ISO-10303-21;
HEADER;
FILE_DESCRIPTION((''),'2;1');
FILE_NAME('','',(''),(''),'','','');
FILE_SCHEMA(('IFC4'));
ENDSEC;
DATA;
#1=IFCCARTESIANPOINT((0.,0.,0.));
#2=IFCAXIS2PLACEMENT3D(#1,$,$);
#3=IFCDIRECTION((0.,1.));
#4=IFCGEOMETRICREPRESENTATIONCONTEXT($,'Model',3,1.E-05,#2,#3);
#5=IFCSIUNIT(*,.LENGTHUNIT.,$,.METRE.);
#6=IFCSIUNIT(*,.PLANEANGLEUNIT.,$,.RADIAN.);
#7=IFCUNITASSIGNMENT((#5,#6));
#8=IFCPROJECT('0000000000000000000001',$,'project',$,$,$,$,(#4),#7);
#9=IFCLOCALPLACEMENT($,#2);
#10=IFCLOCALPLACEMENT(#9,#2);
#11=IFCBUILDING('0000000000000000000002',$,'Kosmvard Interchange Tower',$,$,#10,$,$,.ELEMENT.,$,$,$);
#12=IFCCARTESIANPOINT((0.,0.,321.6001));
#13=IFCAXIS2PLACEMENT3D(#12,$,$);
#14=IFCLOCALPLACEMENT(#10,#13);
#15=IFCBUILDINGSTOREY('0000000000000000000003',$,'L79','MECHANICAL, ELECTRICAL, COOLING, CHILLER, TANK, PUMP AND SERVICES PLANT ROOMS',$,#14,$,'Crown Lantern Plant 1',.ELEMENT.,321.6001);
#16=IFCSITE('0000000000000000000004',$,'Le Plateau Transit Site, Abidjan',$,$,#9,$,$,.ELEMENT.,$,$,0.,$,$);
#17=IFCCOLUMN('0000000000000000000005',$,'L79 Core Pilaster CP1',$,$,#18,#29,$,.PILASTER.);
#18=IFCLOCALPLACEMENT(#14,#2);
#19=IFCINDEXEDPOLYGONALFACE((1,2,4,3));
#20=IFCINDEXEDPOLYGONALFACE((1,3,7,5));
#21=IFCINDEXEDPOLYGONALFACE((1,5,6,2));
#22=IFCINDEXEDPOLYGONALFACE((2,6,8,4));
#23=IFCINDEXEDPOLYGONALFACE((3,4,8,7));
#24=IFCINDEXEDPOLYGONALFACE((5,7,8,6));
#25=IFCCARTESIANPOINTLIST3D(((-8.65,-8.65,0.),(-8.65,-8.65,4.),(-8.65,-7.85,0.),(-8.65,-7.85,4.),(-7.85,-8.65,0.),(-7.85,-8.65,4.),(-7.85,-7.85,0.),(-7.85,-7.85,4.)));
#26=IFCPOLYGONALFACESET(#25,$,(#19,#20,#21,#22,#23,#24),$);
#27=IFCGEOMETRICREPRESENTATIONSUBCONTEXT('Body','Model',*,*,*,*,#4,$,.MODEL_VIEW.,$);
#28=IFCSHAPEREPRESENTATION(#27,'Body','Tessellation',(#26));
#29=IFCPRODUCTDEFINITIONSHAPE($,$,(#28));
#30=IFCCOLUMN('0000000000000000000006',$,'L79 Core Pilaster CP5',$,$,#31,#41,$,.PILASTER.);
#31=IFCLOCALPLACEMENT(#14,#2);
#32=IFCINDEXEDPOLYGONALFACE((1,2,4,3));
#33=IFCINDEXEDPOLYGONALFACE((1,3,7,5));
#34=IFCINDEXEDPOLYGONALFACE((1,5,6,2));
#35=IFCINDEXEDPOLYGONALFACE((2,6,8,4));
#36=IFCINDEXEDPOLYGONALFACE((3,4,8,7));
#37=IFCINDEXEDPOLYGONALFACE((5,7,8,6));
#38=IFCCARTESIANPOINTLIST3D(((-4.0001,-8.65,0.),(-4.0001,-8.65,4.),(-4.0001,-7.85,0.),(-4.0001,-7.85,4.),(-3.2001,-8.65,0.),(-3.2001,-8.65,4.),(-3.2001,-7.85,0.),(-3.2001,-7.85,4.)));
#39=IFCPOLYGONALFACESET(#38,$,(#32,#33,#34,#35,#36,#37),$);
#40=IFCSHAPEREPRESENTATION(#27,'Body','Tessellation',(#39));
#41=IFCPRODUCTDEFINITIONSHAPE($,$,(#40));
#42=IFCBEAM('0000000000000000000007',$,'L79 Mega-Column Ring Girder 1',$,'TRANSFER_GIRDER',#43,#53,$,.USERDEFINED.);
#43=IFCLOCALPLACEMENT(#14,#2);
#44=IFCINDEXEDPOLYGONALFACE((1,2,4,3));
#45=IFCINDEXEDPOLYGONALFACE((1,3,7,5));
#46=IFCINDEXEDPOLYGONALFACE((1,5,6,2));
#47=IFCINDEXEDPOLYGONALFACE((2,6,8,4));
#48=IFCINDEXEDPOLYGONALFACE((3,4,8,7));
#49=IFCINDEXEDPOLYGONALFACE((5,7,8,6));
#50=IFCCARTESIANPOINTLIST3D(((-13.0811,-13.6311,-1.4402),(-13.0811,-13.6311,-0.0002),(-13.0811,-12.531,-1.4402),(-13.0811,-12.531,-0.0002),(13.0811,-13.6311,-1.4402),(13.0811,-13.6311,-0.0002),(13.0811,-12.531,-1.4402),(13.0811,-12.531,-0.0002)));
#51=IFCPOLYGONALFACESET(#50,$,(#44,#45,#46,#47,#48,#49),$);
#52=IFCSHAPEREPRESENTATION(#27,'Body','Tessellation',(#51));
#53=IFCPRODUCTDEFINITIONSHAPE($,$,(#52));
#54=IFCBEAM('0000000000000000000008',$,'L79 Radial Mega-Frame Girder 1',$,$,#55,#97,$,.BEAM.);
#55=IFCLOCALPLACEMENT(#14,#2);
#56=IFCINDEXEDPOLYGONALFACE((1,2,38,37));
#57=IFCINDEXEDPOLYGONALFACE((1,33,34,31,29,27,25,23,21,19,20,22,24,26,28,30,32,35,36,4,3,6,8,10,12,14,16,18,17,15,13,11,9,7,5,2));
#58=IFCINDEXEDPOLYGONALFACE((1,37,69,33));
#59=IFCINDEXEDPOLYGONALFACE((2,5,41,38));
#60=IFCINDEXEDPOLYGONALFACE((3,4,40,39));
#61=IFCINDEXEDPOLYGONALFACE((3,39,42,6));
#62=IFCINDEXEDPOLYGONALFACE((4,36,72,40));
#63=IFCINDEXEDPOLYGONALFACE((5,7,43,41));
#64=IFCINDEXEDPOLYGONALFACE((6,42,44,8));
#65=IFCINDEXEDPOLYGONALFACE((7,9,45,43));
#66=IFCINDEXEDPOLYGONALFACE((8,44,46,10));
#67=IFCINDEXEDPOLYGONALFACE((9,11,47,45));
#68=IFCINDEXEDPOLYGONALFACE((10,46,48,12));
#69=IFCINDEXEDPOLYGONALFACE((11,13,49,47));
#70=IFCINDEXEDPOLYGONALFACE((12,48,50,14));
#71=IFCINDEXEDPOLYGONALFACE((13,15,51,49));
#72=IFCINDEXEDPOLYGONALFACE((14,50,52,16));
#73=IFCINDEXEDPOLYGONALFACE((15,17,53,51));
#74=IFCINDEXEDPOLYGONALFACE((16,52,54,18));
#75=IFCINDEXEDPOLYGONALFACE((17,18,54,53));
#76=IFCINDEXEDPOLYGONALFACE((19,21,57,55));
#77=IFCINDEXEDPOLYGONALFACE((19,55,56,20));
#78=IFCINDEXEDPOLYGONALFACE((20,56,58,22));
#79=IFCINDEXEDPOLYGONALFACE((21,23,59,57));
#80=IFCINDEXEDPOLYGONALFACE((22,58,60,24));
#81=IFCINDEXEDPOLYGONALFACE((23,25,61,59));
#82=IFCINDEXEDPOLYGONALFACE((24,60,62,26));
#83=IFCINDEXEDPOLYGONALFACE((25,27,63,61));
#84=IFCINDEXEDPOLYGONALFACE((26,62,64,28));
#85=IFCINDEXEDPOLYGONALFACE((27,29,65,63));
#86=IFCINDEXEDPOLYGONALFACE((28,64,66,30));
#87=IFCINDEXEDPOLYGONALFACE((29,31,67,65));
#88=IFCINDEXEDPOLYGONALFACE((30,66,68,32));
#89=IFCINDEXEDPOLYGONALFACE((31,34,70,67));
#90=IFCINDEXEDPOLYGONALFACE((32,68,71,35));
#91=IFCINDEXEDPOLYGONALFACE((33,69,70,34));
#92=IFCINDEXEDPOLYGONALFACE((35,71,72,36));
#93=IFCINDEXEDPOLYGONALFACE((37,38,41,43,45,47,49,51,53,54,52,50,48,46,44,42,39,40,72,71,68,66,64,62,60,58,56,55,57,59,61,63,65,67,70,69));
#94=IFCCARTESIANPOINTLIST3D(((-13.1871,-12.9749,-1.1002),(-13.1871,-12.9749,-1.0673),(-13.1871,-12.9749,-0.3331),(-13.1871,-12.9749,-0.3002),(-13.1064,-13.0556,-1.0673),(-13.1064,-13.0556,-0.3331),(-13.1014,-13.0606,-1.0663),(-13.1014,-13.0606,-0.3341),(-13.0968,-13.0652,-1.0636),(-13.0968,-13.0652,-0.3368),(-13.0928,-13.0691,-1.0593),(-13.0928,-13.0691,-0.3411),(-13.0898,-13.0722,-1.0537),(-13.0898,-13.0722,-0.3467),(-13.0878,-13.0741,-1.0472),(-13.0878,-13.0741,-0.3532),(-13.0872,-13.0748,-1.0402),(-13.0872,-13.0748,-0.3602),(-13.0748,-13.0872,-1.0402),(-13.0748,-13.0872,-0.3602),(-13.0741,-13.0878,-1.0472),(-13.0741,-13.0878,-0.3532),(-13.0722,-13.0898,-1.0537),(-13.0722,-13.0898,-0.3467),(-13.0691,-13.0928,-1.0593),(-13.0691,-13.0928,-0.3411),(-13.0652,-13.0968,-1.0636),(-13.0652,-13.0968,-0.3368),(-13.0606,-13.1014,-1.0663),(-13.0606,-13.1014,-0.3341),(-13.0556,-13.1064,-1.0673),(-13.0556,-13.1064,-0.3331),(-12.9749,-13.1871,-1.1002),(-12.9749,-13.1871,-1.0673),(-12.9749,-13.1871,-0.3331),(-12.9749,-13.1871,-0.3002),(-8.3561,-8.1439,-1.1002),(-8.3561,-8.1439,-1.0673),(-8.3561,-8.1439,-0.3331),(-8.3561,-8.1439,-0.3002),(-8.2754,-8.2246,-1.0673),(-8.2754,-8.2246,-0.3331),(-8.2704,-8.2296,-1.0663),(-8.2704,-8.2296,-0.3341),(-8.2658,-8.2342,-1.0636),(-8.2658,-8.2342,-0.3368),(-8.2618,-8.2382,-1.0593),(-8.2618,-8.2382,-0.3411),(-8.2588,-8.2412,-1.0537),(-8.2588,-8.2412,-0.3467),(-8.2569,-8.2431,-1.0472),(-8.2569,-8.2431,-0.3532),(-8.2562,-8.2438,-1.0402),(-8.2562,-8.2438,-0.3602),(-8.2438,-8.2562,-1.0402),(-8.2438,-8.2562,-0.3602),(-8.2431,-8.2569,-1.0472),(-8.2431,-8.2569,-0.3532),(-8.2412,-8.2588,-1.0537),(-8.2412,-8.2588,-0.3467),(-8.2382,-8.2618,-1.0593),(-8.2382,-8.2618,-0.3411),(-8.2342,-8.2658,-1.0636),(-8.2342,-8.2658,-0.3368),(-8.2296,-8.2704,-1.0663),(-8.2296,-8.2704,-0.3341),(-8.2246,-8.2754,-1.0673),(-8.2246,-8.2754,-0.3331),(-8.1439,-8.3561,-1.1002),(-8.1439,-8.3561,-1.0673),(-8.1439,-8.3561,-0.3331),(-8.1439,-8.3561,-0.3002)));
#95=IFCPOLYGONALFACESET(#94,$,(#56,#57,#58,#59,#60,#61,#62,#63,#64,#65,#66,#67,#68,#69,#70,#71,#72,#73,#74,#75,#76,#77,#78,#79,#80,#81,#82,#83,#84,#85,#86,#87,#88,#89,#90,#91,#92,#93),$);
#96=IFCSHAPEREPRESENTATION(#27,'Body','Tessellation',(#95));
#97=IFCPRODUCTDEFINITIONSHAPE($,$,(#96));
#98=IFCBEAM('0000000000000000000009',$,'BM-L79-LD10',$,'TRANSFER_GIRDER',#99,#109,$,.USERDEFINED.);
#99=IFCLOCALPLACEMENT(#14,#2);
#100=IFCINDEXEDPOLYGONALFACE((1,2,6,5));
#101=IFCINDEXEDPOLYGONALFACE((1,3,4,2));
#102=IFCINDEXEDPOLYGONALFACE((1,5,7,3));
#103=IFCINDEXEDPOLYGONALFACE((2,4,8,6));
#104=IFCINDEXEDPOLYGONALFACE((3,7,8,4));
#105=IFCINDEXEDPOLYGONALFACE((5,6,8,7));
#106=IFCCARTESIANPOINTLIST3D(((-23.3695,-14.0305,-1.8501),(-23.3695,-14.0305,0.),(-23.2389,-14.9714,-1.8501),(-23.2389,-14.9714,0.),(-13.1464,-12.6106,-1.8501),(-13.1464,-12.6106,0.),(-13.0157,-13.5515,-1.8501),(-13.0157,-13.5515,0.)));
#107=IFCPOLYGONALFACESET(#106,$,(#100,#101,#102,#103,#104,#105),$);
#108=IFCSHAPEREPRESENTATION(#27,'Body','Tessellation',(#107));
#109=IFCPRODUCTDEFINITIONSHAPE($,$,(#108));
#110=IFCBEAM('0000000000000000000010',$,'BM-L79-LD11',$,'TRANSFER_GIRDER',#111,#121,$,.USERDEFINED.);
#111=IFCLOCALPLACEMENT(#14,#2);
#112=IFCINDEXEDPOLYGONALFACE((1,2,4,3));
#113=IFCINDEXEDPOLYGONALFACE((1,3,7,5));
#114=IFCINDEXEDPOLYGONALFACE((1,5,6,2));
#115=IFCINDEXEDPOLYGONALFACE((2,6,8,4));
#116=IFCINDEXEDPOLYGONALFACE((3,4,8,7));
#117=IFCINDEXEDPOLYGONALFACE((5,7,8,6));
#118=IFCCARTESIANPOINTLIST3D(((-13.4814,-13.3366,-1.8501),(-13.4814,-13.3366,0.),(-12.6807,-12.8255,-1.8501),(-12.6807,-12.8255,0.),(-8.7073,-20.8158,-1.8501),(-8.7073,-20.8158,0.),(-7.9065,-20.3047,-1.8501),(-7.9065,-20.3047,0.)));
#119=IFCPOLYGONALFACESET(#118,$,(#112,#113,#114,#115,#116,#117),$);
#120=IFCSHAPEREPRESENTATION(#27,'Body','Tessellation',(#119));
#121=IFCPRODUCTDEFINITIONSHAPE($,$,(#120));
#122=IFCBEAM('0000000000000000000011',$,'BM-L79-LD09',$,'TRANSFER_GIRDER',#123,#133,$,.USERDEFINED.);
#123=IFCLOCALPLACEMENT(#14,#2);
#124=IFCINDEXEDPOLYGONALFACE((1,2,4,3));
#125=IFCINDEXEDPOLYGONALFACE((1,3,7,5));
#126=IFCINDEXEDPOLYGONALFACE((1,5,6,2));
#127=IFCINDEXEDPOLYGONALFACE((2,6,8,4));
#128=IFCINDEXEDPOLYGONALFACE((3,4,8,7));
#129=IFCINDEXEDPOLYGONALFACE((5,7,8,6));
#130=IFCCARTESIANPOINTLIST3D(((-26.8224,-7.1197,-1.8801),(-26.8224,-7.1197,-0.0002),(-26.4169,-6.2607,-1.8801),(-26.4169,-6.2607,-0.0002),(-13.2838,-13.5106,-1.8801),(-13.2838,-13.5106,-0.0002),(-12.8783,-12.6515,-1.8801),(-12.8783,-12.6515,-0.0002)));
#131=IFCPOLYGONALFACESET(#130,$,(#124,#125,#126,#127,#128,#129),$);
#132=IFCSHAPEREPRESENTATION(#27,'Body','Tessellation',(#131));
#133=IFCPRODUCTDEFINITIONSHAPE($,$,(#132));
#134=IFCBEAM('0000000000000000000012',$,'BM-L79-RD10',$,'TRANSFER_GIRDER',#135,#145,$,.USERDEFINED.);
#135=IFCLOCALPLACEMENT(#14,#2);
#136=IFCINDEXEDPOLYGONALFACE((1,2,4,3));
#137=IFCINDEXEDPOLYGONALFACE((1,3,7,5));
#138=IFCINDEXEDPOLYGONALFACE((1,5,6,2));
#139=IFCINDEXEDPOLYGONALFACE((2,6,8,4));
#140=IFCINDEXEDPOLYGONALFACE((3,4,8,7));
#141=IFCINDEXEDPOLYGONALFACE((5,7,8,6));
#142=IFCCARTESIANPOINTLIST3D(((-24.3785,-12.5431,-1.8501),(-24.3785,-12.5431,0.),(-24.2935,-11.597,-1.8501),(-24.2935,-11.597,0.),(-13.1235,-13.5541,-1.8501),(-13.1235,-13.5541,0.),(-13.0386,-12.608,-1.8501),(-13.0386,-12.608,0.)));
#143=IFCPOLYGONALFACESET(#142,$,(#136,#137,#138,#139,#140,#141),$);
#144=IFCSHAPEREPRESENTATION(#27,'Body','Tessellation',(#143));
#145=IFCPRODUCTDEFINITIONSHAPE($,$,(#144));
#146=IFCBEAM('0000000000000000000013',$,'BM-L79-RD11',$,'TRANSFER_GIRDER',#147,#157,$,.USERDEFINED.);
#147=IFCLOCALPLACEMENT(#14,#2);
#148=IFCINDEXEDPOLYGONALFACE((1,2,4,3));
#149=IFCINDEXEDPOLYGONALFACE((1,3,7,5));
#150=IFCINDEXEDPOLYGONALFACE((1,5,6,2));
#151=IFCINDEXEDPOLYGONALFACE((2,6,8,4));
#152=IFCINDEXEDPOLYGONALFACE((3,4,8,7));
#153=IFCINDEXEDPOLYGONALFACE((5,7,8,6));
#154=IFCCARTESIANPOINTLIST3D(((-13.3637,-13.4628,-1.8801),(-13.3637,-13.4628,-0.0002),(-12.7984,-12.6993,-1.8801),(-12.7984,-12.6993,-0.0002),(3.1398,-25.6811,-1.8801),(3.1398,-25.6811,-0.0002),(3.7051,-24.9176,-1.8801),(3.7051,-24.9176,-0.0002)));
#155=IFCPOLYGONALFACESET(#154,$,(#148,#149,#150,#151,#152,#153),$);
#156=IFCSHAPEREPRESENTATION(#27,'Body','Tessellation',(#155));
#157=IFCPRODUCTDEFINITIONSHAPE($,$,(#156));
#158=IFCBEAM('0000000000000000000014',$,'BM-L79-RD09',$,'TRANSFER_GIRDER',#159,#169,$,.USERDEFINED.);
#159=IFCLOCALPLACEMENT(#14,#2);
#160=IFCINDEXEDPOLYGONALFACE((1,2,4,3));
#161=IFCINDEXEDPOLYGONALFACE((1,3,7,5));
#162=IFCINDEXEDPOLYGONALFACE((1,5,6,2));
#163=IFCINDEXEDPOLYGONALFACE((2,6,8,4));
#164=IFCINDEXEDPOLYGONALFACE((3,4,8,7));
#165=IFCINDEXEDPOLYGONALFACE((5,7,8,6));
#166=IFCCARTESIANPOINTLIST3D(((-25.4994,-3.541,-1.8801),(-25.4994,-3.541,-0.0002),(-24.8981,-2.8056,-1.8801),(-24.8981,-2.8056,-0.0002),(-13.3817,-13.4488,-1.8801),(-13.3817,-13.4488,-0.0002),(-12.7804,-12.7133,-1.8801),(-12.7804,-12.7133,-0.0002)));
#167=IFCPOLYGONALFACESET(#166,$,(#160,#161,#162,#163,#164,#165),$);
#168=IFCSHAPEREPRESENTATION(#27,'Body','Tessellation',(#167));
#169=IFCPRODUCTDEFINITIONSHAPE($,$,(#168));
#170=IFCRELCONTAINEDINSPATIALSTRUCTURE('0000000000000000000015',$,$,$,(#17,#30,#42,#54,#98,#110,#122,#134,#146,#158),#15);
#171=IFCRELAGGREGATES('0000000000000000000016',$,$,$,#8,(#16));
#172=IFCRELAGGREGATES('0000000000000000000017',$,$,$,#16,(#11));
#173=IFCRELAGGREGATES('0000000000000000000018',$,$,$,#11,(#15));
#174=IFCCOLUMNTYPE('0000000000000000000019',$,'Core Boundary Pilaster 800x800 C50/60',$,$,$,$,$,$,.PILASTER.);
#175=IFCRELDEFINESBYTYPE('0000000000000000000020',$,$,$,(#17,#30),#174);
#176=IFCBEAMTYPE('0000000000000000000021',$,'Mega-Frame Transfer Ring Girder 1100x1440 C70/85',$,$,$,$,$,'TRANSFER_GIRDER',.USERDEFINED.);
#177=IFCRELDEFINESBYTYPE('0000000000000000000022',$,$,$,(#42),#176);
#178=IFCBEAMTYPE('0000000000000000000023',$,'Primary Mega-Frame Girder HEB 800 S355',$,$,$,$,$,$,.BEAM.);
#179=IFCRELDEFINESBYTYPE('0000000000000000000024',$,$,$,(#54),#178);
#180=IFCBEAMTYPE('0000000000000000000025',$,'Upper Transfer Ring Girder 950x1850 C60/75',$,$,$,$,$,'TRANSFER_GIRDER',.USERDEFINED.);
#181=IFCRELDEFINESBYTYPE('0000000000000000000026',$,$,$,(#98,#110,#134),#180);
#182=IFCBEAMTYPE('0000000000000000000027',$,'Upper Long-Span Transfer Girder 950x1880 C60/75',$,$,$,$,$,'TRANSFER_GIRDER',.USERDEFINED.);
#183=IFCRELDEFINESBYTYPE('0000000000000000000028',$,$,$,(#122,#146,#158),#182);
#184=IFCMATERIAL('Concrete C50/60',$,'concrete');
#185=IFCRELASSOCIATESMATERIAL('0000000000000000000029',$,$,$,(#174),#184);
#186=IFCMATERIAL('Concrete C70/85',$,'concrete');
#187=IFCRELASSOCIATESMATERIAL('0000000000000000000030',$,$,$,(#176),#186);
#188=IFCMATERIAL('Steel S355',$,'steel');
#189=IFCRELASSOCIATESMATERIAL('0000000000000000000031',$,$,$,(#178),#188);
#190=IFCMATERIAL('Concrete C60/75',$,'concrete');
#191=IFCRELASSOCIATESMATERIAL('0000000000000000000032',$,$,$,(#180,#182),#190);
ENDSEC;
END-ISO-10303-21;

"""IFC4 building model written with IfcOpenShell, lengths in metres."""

from ifc_helpers import new_model, si_unit, direction, frame, origin, origin_2d, place, context, subcontext, project, spatial, rectangle, i_section, extrude, source, transform, mapped, material, material_profile, profile_set, type_object, element, save


model = new_model("IFC4")

# Units and contexts
model_context = context("Model", 3, precision=1e-05, world=origin(), true_north=direction((0.0, 1.0)))
body_context = subcontext(model_context, "Body", "Model", "MODEL_VIEW")
ifc_project = project(units=[si_unit("LENGTHUNIT", "METRE"), si_unit("PLANEANGLEUNIT", "RADIAN")], contexts=[model_context])

# Site, building, storey
site_placement = place(None, origin())
site = spatial("IfcSite", under=ifc_project, at=site_placement, Name="Le Plateau Transit Site, Abidjan", CompositionType="ELEMENT", RefElevation=0.0)
building_placement = place(site_placement, origin())
building = spatial("IfcBuilding", under=site, at=building_placement, Name="Kosmvard Interchange Tower", CompositionType="ELEMENT")
storey_placement = place(building_placement, frame((0.0, 0.0, 321.6001)))
storey = spatial("IfcBuildingStorey", under=building, at=storey_placement, Name="L79", Description="MECHANICAL, ELECTRICAL, COOLING, CHILLER, TANK, PUMP AND SERVICES PLANT ROOMS", LongName="Crown Lantern Plant 1", CompositionType="ELEMENT", Elevation=321.6001)

# Columns
ifc_material_1 = material(Name="Concrete C50/60", Category="concrete")
ifc_material_profile_1 = material_profile(ifc_material_1, rectangle(XDim=0.8, YDim=0.8, at=origin_2d()), Name="CP 800x800")
ifc_profile_set_1 = profile_set([ifc_material_profile_1], Name="Concrete C50/60")
column_type = type_object("IfcColumnType", Name="Core Boundary Pilaster 800x800 C50/60", PredefinedType="PILASTER", material=ifc_profile_set_1)
shared_shape_1 = source(origin(), body_context, "Body", "SweptSolid", [
    extrude(rectangle(XDim=0.8, YDim=0.8, at=origin_2d()), origin(), (0.0, 0.0, 1.0), 4.0),
])
for number, where, z_axis, x_axis, name in (
    (1, (-8.25, -8.25, 0.0), (0.0, 0.0, 1.0), (1.0, 0.0, 0.0), "L79 Core Pilaster CP1"),
    (2, (-3.6001, -8.25, 0.0), (0.0, 0.0, 1.0), (1.0, 0.0, 0.0), "L79 Core Pilaster CP5"),
):
    element("IfcColumn", number, at=place(storey_placement, frame(where, z_axis=z_axis, x_axis=x_axis)), inside=storey, type_object=column_type, Name=name, PredefinedType="PILASTER", context=body_context, shape_type="MappedRepresentation", body=[
        mapped(shared_shape_1, transform((0.0, 0.0, 0.0), scale=1.0)),
    ])

# Beams
ifc_material_2 = material(Name="Concrete C70/85", Category="concrete")
ifc_material_profile_2 = material_profile(ifc_material_2, rectangle(XDim=1.1001, YDim=1.4399, at=origin_2d()), Name="TG 1100x1440")
ifc_profile_set_2 = profile_set([ifc_material_profile_2], Name="Concrete C70/85")
beam_type_1 = type_object("IfcBeamType", Name="Mega-Frame Transfer Ring Girder 1100x1440 C70/85", ElementType="TRANSFER_GIRDER", PredefinedType="USERDEFINED", material=ifc_profile_set_2)
shared_shape_2 = source(origin(), body_context, "Body", "SweptSolid", [
    extrude(rectangle(XDim=1.1001, YDim=1.4399, at=origin_2d()), origin(), (0.0, 0.0, 1.0), 26.1621),
])
beam_1_placement = place(storey_placement, frame((-13.0811, -13.0811, -0.7202), z_axis=(1.0, 0.0, 0.0), x_axis=(0.0, 1.0, 0.0)))
element("IfcBeam", 3, at=beam_1_placement, inside=storey, type_object=beam_type_1, Name="L79 Mega-Column Ring Girder 1", ObjectType="TRANSFER_GIRDER", PredefinedType="USERDEFINED", context=body_context, shape_type="MappedRepresentation", body=[
    mapped(shared_shape_2, transform((0.0, 0.0, 0.0), scale=1.0)),
])
ifc_material_3 = material(Name="Steel S355", Category="steel")
ifc_material_profile_3 = material_profile(ifc_material_3, i_section(OverallWidth=0.3, OverallDepth=0.8, WebThickness=0.0176, FlangeThickness=0.033, FilletRadius=0.0271, at=origin_2d()), Name="HEB 800")
ifc_profile_set_3 = profile_set([ifc_material_profile_3], Name="Steel S355")
beam_type_2 = type_object("IfcBeamType", Name="Primary Mega-Frame Girder HEB 800 S355", PredefinedType="BEAM", material=ifc_profile_set_3)
shared_shape_3 = source(origin(), body_context, "Body", "SweptSolid", [
    extrude(i_section(OverallWidth=0.3, OverallDepth=0.8, WebThickness=0.0176, FlangeThickness=0.033, FilletRadius=0.0271, at=origin_2d()), origin(), (0.0, 0.0, 1.0), 6.832),
])
beam_2_placement = place(storey_placement, frame((-8.25, -8.25, -0.7002), z_axis=(-0.707107, -0.707107, 0.0), x_axis=(0.707107, -0.707107, 0.0)))
element("IfcBeam", 4, at=beam_2_placement, inside=storey, type_object=beam_type_2, Name="L79 Radial Mega-Frame Girder 1", PredefinedType="BEAM", context=body_context, shape_type="MappedRepresentation", body=[
    mapped(shared_shape_3, transform((0.0, 0.0, 0.0), scale=1.0)),
])
ifc_material_4 = material(Name="Concrete C60/75", Category="concrete")
ifc_material_profile_4 = material_profile(ifc_material_4, rectangle(XDim=0.95, YDim=1.8501, at=origin_2d()), Name="TG 950x1850")
ifc_profile_set_4 = profile_set([ifc_material_profile_4], Name="Concrete C60/75")
beam_type_3 = type_object("IfcBeamType", Name="Upper Transfer Ring Girder 950x1850 C60/75", ElementType="TRANSFER_GIRDER", PredefinedType="USERDEFINED", material=ifc_profile_set_4)
shared_shape_4 = source(origin(), body_context, "Body", "SweptSolid", [
    extrude(rectangle(XDim=0.95, YDim=1.8501, at=origin_2d()), origin(), (0.0, 0.0, 1.0), 10.3213),
])
beam_3_placement = place(storey_placement, frame((-13.0811, -13.0811, -0.925), z_axis=(-0.990492, -0.137572, 0.0), x_axis=(0.137572, -0.990492, 0.0)))
element("IfcBeam", 5, at=beam_3_placement, inside=storey, type_object=beam_type_3, Name="BM-L79-LD10", ObjectType="TRANSFER_GIRDER", PredefinedType="USERDEFINED", context=body_context, shape_type="MappedRepresentation", body=[
    mapped(shared_shape_4, transform((0.0, 0.0, 0.0), scale=1.0)),
])
shared_shape_5 = source(origin(), body_context, "Body", "SweptSolid", [
    extrude(rectangle(XDim=0.95, YDim=1.8501, at=origin_2d()), origin(), (0.0, 0.0, 1.0), 8.873),
])
beam_4_placement = place(storey_placement, frame((-13.0811, -13.0811, -0.925), z_axis=(0.53805, -0.842913, 0.0), x_axis=(0.842913, 0.53805, 0.0)))
element("IfcBeam", 6, at=beam_4_placement, inside=storey, type_object=beam_type_3, Name="BM-L79-LD11", ObjectType="TRANSFER_GIRDER", PredefinedType="USERDEFINED", context=body_context, shape_type="MappedRepresentation", body=[
    mapped(shared_shape_5, transform((0.0, 0.0, 0.0), scale=1.0)),
])
ifc_material_profile_5 = material_profile(ifc_material_4, rectangle(XDim=0.95, YDim=1.8799, at=origin_2d()), Name="TG 950x1880")
ifc_profile_set_5 = profile_set([ifc_material_profile_5], Name="Concrete C60/75")
beam_type_4 = type_object("IfcBeamType", Name="Upper Long-Span Transfer Girder 950x1880 C60/75", ElementType="TRANSFER_GIRDER", PredefinedType="USERDEFINED", material=ifc_profile_set_5)
shared_shape_6 = source(origin(), body_context, "Body", "SweptSolid", [
    extrude(rectangle(XDim=0.95, YDim=1.8799, at=origin_2d()), origin(), (0.0, 0.0, 1.0), 14.9712),
])
beam_5_placement = place(storey_placement, frame((-13.0811, -13.0811, -0.9402), z_axis=(-0.904309, 0.426878, 0.0), x_axis=(-0.426878, -0.904309, 0.0)))
element("IfcBeam", 7, at=beam_5_placement, inside=storey, type_object=beam_type_4, Name="BM-L79-LD09", ObjectType="TRANSFER_GIRDER", PredefinedType="USERDEFINED", context=body_context, shape_type="MappedRepresentation", body=[
    mapped(shared_shape_6, transform((0.0, 0.0, 0.0), scale=1.0)),
])
shared_shape_7 = source(origin(), body_context, "Body", "SweptSolid", [
    extrude(rectangle(XDim=0.95, YDim=1.8501, at=origin_2d()), origin(), (0.0, 0.0, 1.0), 11.3003),
])
beam_6_placement = place(storey_placement, frame((-13.0811, -13.0811, -0.925), z_axis=(-0.99599, 0.089466, 0.0), x_axis=(-0.089466, -0.99599, 0.0)))
element("IfcBeam", 8, at=beam_6_placement, inside=storey, type_object=beam_type_3, Name="BM-L79-RD10", ObjectType="TRANSFER_GIRDER", PredefinedType="USERDEFINED", context=body_context, shape_type="MappedRepresentation", body=[
    mapped(shared_shape_7, transform((0.0, 0.0, 0.0), scale=1.0)),
])
shared_shape_8 = source(origin(), body_context, "Body", "SweptSolid", [
    extrude(rectangle(XDim=0.95, YDim=1.8799, at=origin_2d()), origin(), (0.0, 0.0, 1.0), 20.5342),
])
beam_7_placement = place(storey_placement, frame((-13.0811, -13.0811, -0.9402), z_axis=(0.803708, -0.595023, 0.0), x_axis=(0.595023, 0.803708, 0.0)))
element("IfcBeam", 9, at=beam_7_placement, inside=storey, type_object=beam_type_4, Name="BM-L79-RD11", ObjectType="TRANSFER_GIRDER", PredefinedType="USERDEFINED", context=body_context, shape_type="MappedRepresentation", body=[
    mapped(shared_shape_8, transform((0.0, 0.0, 0.0), scale=1.0)),
])
shared_shape_9 = source(origin(), body_context, "Body", "SweptSolid", [
    extrude(rectangle(XDim=0.95, YDim=1.8799, at=origin_2d()), origin(), (0.0, 0.0, 1.0), 15.6526),
])
beam_8_placement = place(storey_placement, frame((-13.0811, -13.0811, -0.9402), z_axis=(-0.774169, 0.63298, 0.0), x_axis=(-0.63298, -0.774169, 0.0)))
element("IfcBeam", 10, at=beam_8_placement, inside=storey, type_object=beam_type_4, Name="BM-L79-RD09", ObjectType="TRANSFER_GIRDER", PredefinedType="USERDEFINED", context=body_context, shape_type="MappedRepresentation", body=[
    mapped(shared_shape_9, transform((0.0, 0.0, 0.0), scale=1.0)),
])

save(model, "model.ifc")
